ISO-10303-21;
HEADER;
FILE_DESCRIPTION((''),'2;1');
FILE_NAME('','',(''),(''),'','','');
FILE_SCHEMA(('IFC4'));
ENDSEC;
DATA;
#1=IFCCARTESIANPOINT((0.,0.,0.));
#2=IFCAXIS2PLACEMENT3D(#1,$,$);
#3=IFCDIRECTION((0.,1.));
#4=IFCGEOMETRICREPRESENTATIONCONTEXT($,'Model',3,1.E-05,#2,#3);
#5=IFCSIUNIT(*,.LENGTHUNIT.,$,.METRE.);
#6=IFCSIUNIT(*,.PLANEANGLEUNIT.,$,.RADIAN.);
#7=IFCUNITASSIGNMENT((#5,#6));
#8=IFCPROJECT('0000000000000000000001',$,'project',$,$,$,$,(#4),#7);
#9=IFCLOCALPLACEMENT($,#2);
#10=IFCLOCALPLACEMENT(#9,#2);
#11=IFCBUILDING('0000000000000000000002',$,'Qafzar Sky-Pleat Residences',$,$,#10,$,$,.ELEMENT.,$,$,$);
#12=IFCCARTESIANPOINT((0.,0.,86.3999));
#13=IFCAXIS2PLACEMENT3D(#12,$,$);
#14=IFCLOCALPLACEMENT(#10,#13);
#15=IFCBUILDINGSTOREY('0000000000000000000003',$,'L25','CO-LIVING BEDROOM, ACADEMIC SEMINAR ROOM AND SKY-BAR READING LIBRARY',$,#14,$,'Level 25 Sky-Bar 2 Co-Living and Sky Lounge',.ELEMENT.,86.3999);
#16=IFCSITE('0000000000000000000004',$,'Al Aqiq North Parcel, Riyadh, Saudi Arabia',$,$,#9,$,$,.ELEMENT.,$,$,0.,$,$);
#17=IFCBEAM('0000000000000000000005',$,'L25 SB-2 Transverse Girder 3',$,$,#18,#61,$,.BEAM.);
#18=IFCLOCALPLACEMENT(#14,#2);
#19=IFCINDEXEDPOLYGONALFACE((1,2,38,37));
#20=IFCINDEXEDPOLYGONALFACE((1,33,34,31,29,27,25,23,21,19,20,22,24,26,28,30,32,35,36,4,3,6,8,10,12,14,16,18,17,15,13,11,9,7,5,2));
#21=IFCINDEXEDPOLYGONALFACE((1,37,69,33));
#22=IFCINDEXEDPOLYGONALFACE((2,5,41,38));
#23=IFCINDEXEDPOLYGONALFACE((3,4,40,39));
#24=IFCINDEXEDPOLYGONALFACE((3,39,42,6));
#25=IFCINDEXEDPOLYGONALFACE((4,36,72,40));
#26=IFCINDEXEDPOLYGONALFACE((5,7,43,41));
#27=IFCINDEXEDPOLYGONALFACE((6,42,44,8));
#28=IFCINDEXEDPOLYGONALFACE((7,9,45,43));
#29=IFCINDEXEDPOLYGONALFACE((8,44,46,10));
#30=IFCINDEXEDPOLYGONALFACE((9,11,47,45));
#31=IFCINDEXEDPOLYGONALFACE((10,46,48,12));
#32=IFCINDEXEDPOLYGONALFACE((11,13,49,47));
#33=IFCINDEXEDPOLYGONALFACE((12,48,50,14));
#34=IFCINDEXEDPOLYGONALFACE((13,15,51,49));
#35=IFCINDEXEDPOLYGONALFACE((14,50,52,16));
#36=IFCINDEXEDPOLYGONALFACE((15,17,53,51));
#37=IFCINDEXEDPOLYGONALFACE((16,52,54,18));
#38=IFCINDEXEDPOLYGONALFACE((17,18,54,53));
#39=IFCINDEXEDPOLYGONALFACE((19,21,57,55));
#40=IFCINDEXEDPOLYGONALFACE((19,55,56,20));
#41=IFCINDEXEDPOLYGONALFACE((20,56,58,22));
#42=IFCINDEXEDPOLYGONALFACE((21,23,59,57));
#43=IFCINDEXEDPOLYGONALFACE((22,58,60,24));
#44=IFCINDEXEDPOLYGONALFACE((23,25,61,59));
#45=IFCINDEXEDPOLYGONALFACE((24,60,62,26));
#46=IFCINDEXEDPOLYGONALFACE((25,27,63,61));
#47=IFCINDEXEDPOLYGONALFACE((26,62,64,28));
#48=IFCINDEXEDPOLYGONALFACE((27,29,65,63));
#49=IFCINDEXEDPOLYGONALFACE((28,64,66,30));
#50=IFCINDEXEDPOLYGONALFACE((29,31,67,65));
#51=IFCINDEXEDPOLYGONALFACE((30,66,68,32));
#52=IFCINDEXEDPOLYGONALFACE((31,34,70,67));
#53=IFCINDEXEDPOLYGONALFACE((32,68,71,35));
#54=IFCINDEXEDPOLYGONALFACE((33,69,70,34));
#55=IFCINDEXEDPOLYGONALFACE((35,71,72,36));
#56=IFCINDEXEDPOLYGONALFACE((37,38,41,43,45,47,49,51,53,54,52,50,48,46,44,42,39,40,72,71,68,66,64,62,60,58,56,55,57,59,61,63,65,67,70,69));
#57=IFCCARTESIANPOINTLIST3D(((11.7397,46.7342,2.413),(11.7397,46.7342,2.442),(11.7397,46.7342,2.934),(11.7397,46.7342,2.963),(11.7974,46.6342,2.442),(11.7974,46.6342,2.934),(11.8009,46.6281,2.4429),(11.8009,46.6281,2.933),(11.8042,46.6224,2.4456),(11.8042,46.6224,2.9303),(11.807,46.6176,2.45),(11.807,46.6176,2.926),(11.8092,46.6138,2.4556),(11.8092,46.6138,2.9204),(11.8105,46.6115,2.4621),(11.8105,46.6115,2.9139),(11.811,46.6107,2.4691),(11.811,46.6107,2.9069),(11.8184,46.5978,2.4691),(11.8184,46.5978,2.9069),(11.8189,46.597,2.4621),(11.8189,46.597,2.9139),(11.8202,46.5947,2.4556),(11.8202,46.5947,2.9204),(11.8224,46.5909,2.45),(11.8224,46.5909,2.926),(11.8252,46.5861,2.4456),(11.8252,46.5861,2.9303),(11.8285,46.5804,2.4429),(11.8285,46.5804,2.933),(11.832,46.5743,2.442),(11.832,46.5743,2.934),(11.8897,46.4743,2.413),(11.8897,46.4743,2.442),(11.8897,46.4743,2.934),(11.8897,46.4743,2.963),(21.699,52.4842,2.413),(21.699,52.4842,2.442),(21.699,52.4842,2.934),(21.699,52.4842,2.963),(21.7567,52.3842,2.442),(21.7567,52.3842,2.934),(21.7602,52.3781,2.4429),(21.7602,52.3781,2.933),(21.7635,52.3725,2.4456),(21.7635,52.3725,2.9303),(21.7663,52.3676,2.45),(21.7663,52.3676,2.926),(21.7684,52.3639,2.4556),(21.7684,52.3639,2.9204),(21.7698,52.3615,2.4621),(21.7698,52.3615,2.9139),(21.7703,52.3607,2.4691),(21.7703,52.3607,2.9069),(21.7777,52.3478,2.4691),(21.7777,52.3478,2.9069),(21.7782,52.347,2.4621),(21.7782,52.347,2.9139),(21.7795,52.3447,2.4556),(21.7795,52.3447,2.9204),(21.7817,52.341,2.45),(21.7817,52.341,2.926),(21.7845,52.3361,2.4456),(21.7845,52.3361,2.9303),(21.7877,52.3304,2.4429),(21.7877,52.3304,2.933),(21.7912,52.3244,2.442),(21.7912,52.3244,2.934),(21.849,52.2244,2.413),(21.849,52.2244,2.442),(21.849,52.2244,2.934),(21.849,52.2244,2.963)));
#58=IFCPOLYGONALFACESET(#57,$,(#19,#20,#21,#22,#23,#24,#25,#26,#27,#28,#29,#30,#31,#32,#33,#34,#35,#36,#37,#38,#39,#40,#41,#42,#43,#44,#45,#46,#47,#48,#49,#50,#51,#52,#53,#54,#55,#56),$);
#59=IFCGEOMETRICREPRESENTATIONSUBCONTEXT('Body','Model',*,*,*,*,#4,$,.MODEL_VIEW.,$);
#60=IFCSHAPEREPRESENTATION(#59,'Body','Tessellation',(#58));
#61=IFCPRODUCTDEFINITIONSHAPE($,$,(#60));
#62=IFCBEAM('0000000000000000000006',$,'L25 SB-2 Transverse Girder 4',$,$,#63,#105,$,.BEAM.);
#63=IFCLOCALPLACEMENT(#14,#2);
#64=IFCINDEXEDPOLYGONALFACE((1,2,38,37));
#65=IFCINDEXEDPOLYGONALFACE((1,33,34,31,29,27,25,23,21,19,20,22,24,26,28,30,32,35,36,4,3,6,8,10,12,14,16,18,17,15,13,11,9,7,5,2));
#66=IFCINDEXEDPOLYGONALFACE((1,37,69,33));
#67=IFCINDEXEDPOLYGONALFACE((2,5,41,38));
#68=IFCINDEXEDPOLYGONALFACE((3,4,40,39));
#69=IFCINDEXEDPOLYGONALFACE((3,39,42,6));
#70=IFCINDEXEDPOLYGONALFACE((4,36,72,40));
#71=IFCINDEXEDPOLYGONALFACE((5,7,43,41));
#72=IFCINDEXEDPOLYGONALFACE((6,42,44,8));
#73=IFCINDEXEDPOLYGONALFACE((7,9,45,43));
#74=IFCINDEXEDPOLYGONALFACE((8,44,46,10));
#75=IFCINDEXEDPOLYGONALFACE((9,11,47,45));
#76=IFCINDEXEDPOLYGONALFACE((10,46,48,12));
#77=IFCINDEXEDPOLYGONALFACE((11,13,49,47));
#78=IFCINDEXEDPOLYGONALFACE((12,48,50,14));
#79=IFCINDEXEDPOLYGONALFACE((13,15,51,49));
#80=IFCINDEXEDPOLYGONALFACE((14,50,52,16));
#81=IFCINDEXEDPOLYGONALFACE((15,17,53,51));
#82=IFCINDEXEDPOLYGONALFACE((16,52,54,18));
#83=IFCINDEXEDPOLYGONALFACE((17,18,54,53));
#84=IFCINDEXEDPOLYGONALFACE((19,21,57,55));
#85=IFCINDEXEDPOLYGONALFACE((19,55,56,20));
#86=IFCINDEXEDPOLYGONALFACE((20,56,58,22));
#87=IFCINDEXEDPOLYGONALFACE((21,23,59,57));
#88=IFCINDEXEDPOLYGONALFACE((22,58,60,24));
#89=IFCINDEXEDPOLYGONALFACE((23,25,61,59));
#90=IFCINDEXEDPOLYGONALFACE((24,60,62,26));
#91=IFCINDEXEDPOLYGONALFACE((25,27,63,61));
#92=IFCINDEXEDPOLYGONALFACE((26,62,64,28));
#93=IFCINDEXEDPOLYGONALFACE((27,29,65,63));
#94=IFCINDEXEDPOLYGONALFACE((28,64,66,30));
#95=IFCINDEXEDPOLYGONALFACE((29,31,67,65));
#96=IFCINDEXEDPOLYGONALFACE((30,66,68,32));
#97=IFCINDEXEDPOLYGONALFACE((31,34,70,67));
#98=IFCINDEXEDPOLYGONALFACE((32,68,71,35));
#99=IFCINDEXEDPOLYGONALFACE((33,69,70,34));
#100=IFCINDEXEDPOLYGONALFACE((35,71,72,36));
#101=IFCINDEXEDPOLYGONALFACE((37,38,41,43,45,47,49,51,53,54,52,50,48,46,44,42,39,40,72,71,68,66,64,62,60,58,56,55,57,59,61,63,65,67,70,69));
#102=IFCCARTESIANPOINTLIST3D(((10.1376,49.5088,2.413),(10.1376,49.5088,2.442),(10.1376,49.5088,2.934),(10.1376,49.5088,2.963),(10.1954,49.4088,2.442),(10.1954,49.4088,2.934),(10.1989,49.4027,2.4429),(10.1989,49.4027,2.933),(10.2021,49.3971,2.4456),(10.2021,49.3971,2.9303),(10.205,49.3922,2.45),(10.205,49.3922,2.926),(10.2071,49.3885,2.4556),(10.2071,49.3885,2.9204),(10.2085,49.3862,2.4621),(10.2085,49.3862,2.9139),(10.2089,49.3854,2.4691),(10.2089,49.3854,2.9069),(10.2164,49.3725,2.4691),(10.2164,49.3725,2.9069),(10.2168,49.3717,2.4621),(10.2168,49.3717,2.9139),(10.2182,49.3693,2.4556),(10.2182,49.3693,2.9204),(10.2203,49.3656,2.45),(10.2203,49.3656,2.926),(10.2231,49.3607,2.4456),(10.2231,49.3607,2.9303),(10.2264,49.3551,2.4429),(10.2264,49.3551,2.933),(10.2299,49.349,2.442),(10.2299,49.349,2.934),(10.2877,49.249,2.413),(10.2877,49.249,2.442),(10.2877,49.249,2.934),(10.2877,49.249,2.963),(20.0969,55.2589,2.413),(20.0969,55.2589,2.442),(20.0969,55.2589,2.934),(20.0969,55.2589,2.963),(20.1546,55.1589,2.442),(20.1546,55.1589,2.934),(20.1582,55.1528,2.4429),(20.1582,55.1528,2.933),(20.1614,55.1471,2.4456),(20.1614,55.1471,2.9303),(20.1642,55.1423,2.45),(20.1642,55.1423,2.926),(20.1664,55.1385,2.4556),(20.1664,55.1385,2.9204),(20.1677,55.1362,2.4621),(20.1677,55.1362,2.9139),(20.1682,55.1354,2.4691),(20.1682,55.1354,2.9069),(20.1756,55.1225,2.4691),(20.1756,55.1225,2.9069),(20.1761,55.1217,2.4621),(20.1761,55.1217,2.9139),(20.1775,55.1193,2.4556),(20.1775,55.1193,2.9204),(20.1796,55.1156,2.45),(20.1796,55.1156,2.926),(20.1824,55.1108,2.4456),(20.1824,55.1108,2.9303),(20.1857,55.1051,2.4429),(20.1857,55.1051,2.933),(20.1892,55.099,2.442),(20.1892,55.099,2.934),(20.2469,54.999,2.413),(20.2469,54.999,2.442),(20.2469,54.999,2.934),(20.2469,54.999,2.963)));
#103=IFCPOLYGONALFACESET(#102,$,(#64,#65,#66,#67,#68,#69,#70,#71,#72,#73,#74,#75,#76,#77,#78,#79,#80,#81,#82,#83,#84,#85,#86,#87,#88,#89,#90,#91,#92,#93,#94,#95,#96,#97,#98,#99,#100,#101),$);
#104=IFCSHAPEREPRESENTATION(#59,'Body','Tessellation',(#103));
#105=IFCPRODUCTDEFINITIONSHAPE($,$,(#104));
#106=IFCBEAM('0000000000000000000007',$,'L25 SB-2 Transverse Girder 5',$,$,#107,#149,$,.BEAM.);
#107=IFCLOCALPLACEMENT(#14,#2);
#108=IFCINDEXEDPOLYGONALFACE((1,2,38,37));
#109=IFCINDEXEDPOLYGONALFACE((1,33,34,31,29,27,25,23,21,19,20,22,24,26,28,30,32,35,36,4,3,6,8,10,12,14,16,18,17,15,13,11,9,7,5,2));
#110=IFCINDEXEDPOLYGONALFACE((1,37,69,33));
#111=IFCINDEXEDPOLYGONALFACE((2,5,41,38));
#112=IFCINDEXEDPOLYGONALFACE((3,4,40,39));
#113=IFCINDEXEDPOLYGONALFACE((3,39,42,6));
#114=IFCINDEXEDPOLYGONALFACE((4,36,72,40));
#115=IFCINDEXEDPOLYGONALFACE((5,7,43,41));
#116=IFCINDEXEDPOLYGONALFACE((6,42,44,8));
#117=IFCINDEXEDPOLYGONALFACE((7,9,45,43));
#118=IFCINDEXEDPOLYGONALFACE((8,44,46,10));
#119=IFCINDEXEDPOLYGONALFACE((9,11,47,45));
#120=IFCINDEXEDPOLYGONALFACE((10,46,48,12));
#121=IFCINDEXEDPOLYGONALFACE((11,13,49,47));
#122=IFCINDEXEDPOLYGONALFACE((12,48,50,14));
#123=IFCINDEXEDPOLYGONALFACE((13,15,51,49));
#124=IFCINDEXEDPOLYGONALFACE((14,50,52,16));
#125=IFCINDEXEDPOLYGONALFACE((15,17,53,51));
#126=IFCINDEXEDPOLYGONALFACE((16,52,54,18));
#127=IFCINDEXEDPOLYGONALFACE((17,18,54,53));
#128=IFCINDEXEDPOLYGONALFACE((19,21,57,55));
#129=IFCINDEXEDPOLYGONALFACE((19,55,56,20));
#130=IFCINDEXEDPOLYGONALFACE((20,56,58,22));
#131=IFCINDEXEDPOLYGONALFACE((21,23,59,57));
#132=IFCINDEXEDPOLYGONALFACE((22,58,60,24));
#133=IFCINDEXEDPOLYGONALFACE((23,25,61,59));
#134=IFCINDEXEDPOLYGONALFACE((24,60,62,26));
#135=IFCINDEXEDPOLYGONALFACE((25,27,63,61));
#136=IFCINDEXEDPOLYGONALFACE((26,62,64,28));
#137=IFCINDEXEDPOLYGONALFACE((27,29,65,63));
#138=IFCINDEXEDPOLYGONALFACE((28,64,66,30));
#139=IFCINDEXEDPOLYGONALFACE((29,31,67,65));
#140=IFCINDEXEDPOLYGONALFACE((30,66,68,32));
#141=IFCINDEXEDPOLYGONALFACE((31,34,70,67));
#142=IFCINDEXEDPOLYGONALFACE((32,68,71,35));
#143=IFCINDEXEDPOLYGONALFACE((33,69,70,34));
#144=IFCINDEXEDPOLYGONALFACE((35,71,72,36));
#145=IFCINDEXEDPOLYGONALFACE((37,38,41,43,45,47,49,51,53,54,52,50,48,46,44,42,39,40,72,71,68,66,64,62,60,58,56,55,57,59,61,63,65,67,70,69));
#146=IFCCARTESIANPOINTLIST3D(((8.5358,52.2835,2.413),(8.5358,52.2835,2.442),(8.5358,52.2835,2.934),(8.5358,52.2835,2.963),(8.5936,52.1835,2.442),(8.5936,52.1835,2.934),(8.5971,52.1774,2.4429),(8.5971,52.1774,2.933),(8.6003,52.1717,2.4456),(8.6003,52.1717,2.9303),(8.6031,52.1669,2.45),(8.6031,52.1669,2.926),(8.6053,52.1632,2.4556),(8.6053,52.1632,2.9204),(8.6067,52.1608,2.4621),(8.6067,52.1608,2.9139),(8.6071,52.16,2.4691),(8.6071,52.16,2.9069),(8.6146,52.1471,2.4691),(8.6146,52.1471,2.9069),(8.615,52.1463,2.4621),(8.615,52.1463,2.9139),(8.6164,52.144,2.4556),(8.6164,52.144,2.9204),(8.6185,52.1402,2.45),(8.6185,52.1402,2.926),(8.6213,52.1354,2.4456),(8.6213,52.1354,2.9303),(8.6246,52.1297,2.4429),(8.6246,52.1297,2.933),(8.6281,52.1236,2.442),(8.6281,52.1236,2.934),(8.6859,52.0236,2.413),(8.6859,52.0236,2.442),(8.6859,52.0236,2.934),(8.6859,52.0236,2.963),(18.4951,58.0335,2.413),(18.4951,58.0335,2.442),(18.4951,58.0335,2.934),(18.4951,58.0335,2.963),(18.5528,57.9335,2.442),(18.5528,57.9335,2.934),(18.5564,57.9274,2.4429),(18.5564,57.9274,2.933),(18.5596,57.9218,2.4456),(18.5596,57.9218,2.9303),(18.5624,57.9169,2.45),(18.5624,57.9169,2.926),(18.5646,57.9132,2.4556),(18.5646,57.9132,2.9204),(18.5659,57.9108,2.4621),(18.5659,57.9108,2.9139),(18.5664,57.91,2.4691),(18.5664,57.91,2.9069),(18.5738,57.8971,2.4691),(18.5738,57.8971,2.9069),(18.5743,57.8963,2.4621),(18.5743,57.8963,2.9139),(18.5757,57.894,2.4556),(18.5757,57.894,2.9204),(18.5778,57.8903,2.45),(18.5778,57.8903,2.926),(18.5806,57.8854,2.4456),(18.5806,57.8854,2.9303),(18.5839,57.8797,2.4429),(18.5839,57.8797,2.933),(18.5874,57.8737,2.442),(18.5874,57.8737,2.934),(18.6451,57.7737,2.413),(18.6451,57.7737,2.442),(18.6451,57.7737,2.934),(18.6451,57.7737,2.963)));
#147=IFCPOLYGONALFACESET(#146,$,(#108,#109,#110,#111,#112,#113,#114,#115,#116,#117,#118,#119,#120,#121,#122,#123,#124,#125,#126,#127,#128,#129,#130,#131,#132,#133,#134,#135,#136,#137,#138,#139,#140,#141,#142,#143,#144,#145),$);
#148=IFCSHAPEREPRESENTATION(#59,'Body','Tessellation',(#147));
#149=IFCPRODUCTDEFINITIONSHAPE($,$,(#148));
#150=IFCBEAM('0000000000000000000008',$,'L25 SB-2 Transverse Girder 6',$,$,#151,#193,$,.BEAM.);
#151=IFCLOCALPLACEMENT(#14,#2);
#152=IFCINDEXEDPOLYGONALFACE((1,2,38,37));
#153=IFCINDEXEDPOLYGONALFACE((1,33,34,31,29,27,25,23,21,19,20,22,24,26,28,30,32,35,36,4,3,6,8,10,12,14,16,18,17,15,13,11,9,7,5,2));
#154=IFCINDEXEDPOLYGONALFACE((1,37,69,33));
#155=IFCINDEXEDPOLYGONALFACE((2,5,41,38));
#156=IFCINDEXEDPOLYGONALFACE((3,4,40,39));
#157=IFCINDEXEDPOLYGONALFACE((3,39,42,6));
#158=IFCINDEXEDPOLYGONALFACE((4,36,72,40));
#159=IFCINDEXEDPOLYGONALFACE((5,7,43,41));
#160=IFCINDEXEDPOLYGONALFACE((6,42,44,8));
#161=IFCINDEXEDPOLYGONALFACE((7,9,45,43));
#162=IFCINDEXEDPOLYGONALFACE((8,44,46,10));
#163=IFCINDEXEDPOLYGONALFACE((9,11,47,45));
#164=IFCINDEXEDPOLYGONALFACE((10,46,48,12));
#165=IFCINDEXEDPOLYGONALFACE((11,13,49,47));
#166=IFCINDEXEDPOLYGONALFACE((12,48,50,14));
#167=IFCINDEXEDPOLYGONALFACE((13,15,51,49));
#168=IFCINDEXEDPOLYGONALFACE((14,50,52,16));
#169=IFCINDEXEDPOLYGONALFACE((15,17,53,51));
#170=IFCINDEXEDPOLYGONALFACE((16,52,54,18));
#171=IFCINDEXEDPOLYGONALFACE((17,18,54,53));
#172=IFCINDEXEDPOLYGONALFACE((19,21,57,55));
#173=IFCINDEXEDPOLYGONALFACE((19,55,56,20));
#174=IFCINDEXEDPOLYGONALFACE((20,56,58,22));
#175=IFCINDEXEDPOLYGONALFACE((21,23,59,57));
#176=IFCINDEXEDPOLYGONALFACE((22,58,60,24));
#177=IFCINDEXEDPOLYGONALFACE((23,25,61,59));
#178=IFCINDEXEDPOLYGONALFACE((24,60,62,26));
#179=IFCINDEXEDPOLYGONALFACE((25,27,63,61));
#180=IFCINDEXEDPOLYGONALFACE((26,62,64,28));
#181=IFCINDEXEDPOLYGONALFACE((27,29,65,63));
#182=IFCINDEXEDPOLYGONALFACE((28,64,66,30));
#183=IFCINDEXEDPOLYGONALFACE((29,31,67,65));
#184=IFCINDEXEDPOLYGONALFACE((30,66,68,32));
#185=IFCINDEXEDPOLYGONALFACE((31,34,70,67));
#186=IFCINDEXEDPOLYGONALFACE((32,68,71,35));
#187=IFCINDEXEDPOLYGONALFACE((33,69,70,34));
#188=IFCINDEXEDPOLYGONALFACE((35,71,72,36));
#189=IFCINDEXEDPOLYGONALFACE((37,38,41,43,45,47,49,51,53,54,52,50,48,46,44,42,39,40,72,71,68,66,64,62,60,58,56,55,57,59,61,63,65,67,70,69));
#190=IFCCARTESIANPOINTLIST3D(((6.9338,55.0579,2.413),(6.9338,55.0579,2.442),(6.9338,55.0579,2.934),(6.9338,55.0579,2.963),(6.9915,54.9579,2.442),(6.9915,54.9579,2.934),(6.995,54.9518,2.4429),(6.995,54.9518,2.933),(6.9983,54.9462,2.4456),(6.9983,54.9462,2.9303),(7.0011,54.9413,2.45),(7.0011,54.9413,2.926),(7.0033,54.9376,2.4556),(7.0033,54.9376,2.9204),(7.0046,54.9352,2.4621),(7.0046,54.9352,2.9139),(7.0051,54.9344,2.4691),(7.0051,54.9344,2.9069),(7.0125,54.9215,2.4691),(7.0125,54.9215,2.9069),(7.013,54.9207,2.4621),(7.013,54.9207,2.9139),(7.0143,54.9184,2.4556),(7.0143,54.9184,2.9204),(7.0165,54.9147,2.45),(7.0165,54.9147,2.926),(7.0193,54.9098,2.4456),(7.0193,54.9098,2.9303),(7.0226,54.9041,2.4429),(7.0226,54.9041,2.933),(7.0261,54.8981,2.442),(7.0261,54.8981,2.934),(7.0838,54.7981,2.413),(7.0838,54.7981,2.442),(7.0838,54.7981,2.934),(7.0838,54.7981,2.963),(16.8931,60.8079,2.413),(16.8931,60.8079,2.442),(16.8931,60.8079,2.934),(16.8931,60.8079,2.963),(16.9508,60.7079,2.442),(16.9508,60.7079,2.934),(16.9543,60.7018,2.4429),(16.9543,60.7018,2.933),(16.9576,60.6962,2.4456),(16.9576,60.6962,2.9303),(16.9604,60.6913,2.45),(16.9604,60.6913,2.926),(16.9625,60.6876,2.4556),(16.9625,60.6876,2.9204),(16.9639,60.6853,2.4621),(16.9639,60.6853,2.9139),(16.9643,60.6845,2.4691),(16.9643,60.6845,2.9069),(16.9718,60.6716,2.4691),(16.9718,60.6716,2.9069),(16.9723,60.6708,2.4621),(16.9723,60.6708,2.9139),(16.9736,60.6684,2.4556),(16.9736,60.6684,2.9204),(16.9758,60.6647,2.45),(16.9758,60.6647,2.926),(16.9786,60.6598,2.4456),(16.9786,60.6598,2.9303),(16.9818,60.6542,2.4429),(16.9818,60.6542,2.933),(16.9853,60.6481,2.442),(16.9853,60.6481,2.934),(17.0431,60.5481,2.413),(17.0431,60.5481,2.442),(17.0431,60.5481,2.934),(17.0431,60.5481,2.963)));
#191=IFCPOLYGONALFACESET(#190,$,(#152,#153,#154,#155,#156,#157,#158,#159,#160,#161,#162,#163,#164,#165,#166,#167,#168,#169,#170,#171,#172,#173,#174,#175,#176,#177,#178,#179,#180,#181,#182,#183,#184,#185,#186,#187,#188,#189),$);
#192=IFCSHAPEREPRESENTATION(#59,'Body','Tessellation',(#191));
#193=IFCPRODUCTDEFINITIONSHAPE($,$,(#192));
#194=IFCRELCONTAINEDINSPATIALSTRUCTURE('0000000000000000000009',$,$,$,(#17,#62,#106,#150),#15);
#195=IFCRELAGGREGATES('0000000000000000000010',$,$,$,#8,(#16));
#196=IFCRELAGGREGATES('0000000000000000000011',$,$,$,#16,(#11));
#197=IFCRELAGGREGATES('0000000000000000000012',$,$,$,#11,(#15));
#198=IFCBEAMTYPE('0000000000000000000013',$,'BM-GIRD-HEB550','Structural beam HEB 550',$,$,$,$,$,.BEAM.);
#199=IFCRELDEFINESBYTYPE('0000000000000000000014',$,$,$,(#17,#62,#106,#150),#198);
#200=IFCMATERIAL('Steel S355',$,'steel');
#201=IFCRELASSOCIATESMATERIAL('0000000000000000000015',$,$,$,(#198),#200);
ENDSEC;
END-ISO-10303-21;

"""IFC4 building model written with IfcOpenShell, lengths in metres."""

from ifc_helpers import new_model, si_unit, direction, frame, origin, origin_2d, place, context, subcontext, project, spatial, i_section, extrude, source, transform, mapped, material, material_profile, profile_set, type_object, element, save


model = new_model("IFC4")

# Units and contexts
model_context = context("Model", 3, precision=1e-05, world=origin(), true_north=direction((0.0, 1.0)))
body_context = subcontext(model_context, "Body", "Model", "MODEL_VIEW")
ifc_project = project(units=[si_unit("LENGTHUNIT", "METRE"), si_unit("PLANEANGLEUNIT", "RADIAN")], contexts=[model_context])

# Site, building, storey
site_placement = place(None, origin())
site = spatial("IfcSite", under=ifc_project, at=site_placement, Name="Al Aqiq North Parcel, Riyadh, Saudi Arabia", CompositionType="ELEMENT", RefElevation=0.0)
building_placement = place(site_placement, origin())
building = spatial("IfcBuilding", under=site, at=building_placement, Name="Qafzar Sky-Pleat Residences", CompositionType="ELEMENT")
storey_placement = place(building_placement, frame((0.0, 0.0, 86.3999)))
storey = spatial("IfcBuildingStorey", under=building, at=storey_placement, Name="L25", Description="CO-LIVING BEDROOM, ACADEMIC SEMINAR ROOM AND SKY-BAR READING LIBRARY", LongName="Level 25 Sky-Bar 2 Co-Living and Sky Lounge", CompositionType="ELEMENT", Elevation=86.3999)

# Beams
ifc_material_1 = material(Name="Steel S355", Category="steel")
ifc_material_profile_1 = material_profile(ifc_material_1, i_section(OverallWidth=0.3, OverallDepth=0.55, WebThickness=0.0149, FlangeThickness=0.0291, FilletRadius=0.0271, at=origin_2d()), Name="HEB 550")
ifc_profile_set_1 = profile_set([ifc_material_profile_1], Name="Steel S355")
beam_type_1 = type_object("IfcBeamType", Name="BM-GIRD-HEB550", Description="Structural beam HEB 550", PredefinedType="BEAM", material=ifc_profile_set_1)
shared_shape_1 = source(origin(), body_context, "Body", "SweptSolid", [
    extrude(i_section(OverallWidth=0.3, OverallDepth=0.55, WebThickness=0.0149, FlangeThickness=0.0291, FilletRadius=0.0271, at=origin_2d()), origin(), (0.0, 0.0, 1.0), 11.5),
])
for number, where, z_axis, x_axis, name in (
    (1, (11.8147, 46.6042, 2.688), (0.866024, 0.500002, 0.0), (-0.500002, 0.866024, 0.0), "L25 SB-2 Transverse Girder 3"),
    (2, (10.2126, 49.3789, 2.688), (0.866024, 0.500002, 0.0), (-0.500002, 0.866024, 0.0), "L25 SB-2 Transverse Girder 4"),
    (3, (8.6108, 52.1536, 2.688), (0.866024, 0.500002, 0.0), (-0.500002, 0.866024, 0.0), "L25 SB-2 Transverse Girder 5"),
    (4, (7.0088, 54.928, 2.688), (0.866024, 0.500002, 0.0), (-0.500002, 0.866024, 0.0), "L25 SB-2 Transverse Girder 6"),
):
    element("IfcBeam", number, at=place(storey_placement, frame(where, z_axis=z_axis, x_axis=x_axis)), inside=storey, type_object=beam_type_1, Name=name, PredefinedType="BEAM", context=body_context, shape_type="MappedRepresentation", body=[
        mapped(shared_shape_1, transform((0.0, 0.0, 0.0), x_axis=(1.0, 0.0, 0.0), y_axis=(0.0, 1.0, 0.0), z_axis=(0.0, 0.0, 1.0), scale=1.0)),
    ])

save(model, "model.ifc")
